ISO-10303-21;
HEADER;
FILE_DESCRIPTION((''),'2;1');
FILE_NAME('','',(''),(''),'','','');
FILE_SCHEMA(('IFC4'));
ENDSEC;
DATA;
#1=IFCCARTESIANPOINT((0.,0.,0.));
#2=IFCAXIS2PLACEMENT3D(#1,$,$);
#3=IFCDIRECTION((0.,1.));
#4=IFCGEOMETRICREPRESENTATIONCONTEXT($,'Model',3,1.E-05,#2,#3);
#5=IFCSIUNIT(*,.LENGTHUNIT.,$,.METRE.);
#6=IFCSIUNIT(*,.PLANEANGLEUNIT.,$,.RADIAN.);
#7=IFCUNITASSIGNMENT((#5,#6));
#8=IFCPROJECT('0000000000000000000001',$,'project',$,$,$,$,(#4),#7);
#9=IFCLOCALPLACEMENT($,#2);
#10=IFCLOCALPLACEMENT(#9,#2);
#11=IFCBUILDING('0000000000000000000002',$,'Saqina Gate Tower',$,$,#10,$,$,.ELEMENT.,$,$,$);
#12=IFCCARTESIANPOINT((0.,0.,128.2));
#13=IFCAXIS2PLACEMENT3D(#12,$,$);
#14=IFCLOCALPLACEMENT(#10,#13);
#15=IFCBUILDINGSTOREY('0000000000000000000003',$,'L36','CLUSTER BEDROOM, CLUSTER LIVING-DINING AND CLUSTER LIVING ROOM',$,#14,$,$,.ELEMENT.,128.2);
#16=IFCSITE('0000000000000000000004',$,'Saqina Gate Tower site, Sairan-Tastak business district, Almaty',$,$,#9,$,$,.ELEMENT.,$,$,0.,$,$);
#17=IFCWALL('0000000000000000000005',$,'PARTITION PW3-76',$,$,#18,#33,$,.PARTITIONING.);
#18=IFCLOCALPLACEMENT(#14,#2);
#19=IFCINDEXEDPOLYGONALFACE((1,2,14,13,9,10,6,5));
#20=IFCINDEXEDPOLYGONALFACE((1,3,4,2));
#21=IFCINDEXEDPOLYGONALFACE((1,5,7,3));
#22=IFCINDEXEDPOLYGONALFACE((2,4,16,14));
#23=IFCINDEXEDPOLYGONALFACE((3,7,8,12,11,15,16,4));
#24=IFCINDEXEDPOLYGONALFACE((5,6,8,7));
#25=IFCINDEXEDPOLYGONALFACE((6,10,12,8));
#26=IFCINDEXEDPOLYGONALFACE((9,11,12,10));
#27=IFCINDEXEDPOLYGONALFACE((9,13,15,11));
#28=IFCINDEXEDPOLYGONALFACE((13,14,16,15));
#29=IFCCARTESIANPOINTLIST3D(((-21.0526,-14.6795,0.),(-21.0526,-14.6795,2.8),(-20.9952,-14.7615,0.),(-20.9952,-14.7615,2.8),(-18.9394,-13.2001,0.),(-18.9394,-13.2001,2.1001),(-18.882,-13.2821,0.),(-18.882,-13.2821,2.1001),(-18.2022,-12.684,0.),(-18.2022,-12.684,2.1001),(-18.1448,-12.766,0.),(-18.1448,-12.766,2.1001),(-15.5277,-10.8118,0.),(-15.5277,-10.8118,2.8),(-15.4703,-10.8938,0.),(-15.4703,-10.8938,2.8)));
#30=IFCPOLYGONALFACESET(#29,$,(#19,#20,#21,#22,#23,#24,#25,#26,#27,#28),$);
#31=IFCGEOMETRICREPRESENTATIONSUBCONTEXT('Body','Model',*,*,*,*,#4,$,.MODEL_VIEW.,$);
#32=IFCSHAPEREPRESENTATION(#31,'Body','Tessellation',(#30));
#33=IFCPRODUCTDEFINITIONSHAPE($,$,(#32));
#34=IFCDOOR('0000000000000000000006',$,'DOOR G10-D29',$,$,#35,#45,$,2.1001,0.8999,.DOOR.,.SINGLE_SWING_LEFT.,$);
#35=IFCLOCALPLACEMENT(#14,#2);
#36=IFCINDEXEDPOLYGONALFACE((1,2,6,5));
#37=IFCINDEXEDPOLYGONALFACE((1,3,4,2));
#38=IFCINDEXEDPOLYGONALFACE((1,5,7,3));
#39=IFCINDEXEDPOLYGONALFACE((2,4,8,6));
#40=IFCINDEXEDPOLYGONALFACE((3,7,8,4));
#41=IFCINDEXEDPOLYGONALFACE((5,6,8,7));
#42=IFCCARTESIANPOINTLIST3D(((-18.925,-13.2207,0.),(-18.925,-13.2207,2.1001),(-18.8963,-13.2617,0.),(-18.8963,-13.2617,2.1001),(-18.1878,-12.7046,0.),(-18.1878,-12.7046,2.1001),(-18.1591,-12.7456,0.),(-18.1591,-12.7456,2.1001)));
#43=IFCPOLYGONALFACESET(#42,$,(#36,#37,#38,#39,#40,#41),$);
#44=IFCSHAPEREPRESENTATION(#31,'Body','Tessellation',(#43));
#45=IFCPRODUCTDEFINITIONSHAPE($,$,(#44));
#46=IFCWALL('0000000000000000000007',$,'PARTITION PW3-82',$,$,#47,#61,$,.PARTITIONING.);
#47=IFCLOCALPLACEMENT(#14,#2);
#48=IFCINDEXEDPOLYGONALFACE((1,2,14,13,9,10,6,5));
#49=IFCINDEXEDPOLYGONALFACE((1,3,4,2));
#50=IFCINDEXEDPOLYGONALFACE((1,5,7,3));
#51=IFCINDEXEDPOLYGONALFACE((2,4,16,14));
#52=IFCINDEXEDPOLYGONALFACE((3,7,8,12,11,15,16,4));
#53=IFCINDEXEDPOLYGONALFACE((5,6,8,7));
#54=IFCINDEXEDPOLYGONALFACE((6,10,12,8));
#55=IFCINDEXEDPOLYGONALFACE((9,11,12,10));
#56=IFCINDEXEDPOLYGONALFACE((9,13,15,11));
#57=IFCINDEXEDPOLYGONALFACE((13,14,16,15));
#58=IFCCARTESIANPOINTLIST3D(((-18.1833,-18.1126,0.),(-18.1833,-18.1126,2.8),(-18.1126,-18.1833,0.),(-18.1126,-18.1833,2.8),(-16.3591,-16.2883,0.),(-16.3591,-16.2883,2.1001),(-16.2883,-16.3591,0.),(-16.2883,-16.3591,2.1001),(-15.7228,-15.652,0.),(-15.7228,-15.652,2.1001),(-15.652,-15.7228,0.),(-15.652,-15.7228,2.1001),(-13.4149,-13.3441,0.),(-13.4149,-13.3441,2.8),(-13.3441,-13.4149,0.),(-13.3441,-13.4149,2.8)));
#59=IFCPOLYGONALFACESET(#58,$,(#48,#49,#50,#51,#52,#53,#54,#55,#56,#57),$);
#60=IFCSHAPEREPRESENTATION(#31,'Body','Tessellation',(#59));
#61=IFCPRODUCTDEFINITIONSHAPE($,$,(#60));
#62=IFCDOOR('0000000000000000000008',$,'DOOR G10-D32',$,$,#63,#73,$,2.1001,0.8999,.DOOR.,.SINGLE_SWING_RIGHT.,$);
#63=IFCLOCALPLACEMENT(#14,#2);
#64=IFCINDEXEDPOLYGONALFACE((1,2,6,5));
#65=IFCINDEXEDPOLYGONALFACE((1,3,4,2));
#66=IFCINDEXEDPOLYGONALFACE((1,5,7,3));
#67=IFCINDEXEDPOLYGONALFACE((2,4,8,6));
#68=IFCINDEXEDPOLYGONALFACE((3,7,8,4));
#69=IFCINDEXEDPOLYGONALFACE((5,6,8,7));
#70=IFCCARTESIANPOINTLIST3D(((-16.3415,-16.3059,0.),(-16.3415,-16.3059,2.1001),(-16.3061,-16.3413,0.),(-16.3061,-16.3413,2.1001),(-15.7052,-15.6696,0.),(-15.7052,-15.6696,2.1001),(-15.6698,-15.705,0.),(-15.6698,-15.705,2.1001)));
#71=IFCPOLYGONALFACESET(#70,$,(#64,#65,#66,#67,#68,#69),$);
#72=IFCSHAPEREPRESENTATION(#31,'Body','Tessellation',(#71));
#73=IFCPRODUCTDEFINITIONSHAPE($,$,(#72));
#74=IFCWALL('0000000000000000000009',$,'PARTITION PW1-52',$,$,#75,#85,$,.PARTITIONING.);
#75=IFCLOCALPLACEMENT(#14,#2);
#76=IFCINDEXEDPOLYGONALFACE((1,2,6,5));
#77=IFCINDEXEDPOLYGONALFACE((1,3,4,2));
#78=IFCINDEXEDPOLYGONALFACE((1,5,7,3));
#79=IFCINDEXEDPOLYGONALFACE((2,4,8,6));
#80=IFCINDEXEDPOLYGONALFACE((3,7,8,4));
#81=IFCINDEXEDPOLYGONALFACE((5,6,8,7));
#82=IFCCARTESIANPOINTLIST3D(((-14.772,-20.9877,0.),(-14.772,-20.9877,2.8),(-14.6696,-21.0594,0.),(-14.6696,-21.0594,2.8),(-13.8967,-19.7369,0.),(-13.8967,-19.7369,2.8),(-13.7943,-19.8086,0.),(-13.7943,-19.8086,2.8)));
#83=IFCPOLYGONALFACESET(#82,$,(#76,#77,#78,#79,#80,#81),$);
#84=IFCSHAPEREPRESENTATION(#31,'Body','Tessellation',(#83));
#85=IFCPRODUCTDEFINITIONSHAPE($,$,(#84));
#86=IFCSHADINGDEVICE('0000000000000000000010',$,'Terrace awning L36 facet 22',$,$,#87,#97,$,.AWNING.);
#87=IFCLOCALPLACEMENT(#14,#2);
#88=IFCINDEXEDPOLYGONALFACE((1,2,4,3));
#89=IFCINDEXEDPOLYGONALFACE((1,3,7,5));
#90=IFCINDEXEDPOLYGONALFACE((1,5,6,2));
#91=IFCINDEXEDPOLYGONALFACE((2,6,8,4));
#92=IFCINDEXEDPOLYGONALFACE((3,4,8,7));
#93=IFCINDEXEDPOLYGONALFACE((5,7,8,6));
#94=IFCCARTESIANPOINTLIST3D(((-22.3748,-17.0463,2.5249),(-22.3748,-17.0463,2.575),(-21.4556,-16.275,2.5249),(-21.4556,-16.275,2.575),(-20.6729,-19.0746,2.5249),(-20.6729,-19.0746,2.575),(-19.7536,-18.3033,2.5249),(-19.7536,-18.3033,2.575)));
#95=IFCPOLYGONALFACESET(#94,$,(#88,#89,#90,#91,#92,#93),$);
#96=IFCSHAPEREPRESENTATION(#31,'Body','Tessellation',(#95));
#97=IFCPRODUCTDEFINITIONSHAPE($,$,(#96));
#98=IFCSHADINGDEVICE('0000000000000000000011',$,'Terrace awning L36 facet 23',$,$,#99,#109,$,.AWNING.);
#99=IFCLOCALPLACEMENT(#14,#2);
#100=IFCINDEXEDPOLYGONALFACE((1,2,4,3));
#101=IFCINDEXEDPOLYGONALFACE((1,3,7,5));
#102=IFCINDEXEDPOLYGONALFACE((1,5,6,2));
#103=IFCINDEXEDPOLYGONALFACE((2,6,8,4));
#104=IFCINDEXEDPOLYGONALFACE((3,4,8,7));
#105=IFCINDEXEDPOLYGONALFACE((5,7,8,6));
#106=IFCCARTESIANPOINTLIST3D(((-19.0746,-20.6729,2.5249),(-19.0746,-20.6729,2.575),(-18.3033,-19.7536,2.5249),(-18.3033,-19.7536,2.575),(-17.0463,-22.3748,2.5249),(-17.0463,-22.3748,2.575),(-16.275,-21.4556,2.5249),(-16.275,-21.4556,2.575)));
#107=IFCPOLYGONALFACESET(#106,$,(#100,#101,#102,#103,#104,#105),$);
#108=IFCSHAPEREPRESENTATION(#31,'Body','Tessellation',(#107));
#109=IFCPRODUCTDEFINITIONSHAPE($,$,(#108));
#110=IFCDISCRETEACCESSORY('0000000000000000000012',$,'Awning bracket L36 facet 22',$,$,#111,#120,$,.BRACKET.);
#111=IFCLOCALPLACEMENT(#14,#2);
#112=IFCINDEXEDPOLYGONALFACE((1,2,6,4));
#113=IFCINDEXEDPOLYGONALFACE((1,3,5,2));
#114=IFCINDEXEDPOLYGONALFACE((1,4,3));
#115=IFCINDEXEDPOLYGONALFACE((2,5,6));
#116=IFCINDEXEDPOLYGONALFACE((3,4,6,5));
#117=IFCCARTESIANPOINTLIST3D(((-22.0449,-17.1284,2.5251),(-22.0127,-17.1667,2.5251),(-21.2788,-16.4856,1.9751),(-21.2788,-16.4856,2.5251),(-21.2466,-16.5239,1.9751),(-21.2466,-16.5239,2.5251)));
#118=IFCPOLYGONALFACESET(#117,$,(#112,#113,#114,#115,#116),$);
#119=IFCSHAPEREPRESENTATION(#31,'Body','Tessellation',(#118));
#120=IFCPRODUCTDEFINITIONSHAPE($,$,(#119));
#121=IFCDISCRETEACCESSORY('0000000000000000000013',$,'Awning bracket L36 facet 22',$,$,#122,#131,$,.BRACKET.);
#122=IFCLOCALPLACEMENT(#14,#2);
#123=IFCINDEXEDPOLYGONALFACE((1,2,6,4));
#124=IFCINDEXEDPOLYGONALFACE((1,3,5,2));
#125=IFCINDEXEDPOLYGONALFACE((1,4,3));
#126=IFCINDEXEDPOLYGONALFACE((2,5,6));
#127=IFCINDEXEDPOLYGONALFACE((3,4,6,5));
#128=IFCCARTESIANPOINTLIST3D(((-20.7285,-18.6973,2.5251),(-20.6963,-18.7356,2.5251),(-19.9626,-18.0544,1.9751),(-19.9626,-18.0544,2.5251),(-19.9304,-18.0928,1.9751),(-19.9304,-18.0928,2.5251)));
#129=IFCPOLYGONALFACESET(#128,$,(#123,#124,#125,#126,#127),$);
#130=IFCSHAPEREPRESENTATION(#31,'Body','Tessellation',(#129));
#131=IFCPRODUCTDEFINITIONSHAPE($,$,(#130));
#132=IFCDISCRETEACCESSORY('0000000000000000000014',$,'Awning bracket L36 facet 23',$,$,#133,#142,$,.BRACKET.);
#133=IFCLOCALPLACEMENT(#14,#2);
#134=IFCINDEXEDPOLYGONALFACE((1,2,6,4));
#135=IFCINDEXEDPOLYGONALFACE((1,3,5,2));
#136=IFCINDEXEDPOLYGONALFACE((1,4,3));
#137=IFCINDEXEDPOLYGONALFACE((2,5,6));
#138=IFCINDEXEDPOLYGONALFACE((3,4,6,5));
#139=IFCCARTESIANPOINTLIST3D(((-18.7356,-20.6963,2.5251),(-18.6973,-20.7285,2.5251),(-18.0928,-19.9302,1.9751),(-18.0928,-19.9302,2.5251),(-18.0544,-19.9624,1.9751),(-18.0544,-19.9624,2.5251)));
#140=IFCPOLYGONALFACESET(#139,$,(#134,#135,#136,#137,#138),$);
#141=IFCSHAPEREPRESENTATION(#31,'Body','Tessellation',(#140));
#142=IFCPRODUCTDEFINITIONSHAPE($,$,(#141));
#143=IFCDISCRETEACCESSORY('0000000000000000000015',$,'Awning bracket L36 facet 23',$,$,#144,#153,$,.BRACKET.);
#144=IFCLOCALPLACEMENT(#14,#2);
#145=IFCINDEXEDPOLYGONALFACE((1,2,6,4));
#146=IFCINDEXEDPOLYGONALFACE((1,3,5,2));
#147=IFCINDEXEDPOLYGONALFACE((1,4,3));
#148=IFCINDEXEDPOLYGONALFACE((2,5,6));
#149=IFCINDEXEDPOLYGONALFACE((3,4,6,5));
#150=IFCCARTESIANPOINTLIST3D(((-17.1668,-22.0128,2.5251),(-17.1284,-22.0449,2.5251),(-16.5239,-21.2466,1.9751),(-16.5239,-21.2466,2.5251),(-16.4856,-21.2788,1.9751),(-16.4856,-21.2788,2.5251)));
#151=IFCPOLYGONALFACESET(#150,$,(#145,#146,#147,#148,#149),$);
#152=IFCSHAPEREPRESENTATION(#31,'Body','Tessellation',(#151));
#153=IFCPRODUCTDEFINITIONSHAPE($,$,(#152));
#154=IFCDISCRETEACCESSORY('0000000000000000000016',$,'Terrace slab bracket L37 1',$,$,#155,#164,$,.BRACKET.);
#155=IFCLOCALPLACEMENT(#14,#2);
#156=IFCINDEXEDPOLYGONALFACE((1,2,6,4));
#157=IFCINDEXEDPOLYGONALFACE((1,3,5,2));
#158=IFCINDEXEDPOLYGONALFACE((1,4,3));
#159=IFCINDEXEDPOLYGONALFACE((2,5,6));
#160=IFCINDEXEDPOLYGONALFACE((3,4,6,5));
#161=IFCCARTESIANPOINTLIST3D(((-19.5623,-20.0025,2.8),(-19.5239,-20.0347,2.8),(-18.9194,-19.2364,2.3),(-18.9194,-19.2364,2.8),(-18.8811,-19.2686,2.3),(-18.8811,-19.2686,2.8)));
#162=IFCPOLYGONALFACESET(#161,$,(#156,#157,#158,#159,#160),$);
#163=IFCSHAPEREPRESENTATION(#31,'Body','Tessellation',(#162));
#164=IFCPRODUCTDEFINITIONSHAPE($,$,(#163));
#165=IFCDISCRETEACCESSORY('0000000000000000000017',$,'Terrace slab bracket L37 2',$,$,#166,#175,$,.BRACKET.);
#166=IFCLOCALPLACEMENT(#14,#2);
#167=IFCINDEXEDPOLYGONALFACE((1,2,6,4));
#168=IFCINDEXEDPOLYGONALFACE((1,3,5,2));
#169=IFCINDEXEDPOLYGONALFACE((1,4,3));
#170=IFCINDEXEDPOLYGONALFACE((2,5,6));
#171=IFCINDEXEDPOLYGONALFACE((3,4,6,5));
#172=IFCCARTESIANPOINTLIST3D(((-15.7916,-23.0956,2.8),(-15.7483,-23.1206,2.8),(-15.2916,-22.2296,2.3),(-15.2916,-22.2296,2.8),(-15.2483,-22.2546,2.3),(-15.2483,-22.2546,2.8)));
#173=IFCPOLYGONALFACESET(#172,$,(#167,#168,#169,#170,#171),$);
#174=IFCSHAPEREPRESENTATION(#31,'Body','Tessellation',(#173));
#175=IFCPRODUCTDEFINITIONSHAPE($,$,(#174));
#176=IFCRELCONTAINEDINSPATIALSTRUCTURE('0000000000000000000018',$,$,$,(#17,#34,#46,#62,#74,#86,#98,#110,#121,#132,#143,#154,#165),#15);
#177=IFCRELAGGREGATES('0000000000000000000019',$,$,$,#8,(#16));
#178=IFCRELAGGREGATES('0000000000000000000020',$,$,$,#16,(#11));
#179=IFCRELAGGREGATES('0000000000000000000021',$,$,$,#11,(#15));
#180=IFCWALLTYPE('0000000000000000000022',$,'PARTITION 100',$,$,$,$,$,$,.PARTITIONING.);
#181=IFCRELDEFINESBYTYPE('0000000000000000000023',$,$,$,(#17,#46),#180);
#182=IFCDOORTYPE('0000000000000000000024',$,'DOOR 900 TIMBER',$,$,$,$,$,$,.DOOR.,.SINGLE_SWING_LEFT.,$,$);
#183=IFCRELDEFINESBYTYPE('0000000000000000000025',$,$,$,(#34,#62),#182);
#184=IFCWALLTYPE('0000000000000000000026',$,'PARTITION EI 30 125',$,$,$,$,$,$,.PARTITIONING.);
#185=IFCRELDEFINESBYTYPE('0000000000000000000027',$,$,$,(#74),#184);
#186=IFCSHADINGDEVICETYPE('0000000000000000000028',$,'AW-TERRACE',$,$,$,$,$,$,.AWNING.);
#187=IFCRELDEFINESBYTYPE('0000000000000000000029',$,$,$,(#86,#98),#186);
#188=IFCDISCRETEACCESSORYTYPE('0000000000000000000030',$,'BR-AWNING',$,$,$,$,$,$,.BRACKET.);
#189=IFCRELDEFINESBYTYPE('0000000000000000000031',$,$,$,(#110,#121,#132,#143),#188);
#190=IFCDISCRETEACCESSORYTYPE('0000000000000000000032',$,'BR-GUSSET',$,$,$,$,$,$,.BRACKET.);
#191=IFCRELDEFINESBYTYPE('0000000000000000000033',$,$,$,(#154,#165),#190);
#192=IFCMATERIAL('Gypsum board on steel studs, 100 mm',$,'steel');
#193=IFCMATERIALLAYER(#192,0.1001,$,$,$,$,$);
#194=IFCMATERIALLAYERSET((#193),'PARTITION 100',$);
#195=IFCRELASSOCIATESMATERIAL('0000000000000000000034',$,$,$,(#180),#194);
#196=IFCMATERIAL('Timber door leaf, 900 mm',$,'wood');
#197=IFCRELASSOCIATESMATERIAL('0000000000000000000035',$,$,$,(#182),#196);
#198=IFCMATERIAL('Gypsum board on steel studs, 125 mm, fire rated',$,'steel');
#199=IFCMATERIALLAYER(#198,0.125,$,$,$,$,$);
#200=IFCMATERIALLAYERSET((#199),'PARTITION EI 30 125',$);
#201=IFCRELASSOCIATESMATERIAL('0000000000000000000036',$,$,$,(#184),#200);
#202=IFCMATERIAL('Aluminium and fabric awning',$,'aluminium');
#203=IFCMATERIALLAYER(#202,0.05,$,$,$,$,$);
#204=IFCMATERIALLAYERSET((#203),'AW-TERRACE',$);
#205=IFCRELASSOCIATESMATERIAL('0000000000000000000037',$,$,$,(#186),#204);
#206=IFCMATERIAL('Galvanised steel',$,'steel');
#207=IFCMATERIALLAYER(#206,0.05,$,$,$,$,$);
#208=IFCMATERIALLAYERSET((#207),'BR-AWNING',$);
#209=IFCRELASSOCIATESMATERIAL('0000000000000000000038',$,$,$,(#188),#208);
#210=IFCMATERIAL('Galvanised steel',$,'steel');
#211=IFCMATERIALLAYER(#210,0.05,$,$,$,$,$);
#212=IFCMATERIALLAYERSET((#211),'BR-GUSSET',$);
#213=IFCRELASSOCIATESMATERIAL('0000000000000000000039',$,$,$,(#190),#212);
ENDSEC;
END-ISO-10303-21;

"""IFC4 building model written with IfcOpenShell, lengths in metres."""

from ifc_helpers import new_model, si_unit, direction, frame, frame_2d, origin, origin_2d, place, context, subcontext, project, spatial, polyline, rectangle, outline, extrude, material, layer, layer_set, type_object, element, fill, save


model = new_model("IFC4")

# Units and contexts
model_context = context("Model", 3, precision=1e-05, world=origin(), true_north=direction((0.0, 1.0)))
body_context = subcontext(model_context, "Body", "Model", "MODEL_VIEW")
ifc_project = project(units=[si_unit("LENGTHUNIT", "METRE"), si_unit("PLANEANGLEUNIT", "RADIAN")], contexts=[model_context])

# Site, building, storey
site_placement = place(None, origin())
site = spatial("IfcSite", under=ifc_project, at=site_placement, Name="Saqina Gate Tower site, Sairan-Tastak business district, Almaty", CompositionType="ELEMENT", RefElevation=0.0)
building_placement = place(site_placement, origin())
building = spatial("IfcBuilding", under=site, at=building_placement, Name="Saqina Gate Tower", CompositionType="ELEMENT")
storey_placement = place(building_placement, frame((0.0, 0.0, 128.2)))
storey = spatial("IfcBuildingStorey", under=building, at=storey_placement, Name="L36", Description="CLUSTER BEDROOM, CLUSTER LIVING-DINING AND CLUSTER LIVING ROOM", CompositionType="ELEMENT", Elevation=128.2)

# Walls, openings, doors
ifc_material_1 = material(Name="Gypsum board on steel studs, 100 mm", Category="steel")
ifc_layer_1 = layer(ifc_material_1, 0.1001)
ifc_layer_set_1 = layer_set([ifc_layer_1], Name="PARTITION 100")
wall_type_1 = type_object("IfcWallType", Name="PARTITION 100", PredefinedType="PARTITIONING", material=ifc_layer_set_1)
wall_1_placement = place(storey_placement, frame((-21.0239, -14.7205, 0.0), z_axis=(0.0, 0.0, 1.0), x_axis=(0.819215, 0.573487, 0.0)))
wall_1 = element("IfcWall", 1, at=wall_1_placement, inside=storey, type_object=wall_type_1, Name="PARTITION PW3-76", PredefinedType="PARTITIONING", context=body_context, shape_type="SweptSolid", body=[
    extrude(rectangle(XDim=6.7441, YDim=0.1001, at=frame_2d((3.3721, 0.0))), origin(), (0.0, 0.0, 1.0), 2.8),
])
opening_1_placement = place(wall_1_placement, frame((2.5796, 0.0, 0.0)))
opening_1 = element("IfcOpeningElement", 2, at=opening_1_placement, cuts=wall_1, PredefinedType="OPENING", context=body_context, shape_type="SweptSolid", body=[
    extrude(rectangle(XDim=0.8999, YDim=2.1001, at=frame_2d((0.45, 1.05))), frame((0.0, 0.062, 0.0), z_axis=(0.0, -1.0, 0.0), x_axis=(1.0, 0.0, 0.0)), (0.0, 0.0, 1.0), 0.124),
])
ifc_material_2 = material(Name="Timber door leaf, 900 mm", Category="wood")
door_type_1 = type_object("IfcDoorType", Name="DOOR 900 TIMBER", OperationType="SINGLE_SWING_LEFT", PredefinedType="DOOR", material=ifc_material_2)
door_1_placement = place(opening_1_placement, origin())
door_1 = element("IfcDoor", 3, at=door_1_placement, inside=storey, type_object=door_type_1, Name="DOOR G10-D29", OperationType="SINGLE_SWING_LEFT", OverallHeight=2.1001, OverallWidth=0.8999, PredefinedType="DOOR", context=body_context, shape_type="SweptSolid", body=[
    extrude(rectangle(XDim=0.8999, YDim=2.1001, at=frame_2d((0.45, 1.05))), frame((0.0, 0.0249, 0.0), z_axis=(0.0, -1.0, 0.0), x_axis=(1.0, 0.0, 0.0)), (0.0, 0.0, 1.0), 0.05),
])
fill(opening_1, door_1)
wall_2_placement = place(storey_placement, frame((-18.1479, -18.1479, 0.0), z_axis=(0.0, 0.0, 1.0), x_axis=(0.707107, 0.707107, 0.0)))
wall_2 = element("IfcWall", 4, at=wall_2_placement, inside=storey, type_object=wall_type_1, Name="PARTITION PW3-82", PredefinedType="PARTITIONING", context=body_context, shape_type="SweptSolid", body=[
    extrude(rectangle(XDim=6.7437, YDim=0.1001, at=frame_2d((3.3718, 0.0))), origin(), (0.0, 0.0, 1.0), 2.8),
])
opening_2_placement = place(wall_2_placement, frame((2.5798, 0.0, 0.0)))
opening_2 = element("IfcOpeningElement", 5, at=opening_2_placement, cuts=wall_2, PredefinedType="OPENING", context=body_context, shape_type="SweptSolid", body=[
    extrude(rectangle(XDim=0.8999, YDim=2.1001, at=frame_2d((0.45, 1.05))), frame((0.0, 0.062, 0.0), z_axis=(0.0, -1.0, 0.0), x_axis=(1.0, 0.0, 0.0)), (0.0, 0.0, 1.0), 0.124),
])
door_2_placement = place(opening_2_placement, frame((0.8999, 0.0, 0.0), z_axis=(0.0, 0.0, 1.0), x_axis=(-1.0, 0.0, 0.0)))
door_2 = element("IfcDoor", 6, at=door_2_placement, inside=storey, type_object=door_type_1, Name="DOOR G10-D32", OperationType="SINGLE_SWING_RIGHT", OverallHeight=2.1001, OverallWidth=0.8999, PredefinedType="DOOR", context=body_context, shape_type="SweptSolid", body=[
    extrude(rectangle(XDim=0.8999, YDim=2.1001, at=frame_2d((0.45, 1.05))), frame((0.0, 0.0249, 0.0), z_axis=(0.0, -1.0, 0.0), x_axis=(1.0, 0.0, 0.0)), (0.0, 0.0, 1.0), 0.05),
])
fill(opening_2, door_2)

# Wall
ifc_material_3 = material(Name="Gypsum board on steel studs, 125 mm, fire rated", Category="steel")
ifc_layer_2 = layer(ifc_material_3, 0.125)
ifc_layer_set_2 = layer_set([ifc_layer_2], Name="PARTITION EI 30 125")
wall_type_2 = type_object("IfcWallType", Name="PARTITION EI 30 125", PredefinedType="PARTITIONING", material=ifc_layer_set_2)
wall_3_placement = place(storey_placement, frame((-14.7207, -21.0234, 0.0), z_axis=(0.0, 0.0, 1.0), x_axis=(0.573344, 0.819315, 0.0)))
element("IfcWall", 7, at=wall_3_placement, inside=storey, type_object=wall_type_2, Name="PARTITION PW1-52", PredefinedType="PARTITIONING", context=body_context, shape_type="SweptSolid", body=[
    extrude(rectangle(XDim=1.5266, YDim=0.125, at=frame_2d((0.7632, 0.0))), origin(), (0.0, 0.0, 1.0), 2.8),
])

# Shading devices
ifc_material_4 = material(Name="Aluminium and fabric awning", Category="aluminium")
ifc_layer_3 = layer(ifc_material_4, 0.05)
ifc_layer_set_3 = layer_set([ifc_layer_3], Name="AW-TERRACE")
shading_device_type = type_object("IfcShadingDeviceType", Name="AW-TERRACE", PredefinedType="AWNING", material=ifc_layer_set_3)
for number, where, z_axis, x_axis, name in (
    (8, (-21.0642, -17.6748, 2.5249), (0.0, 0.0, 1.0), (0.642788, -0.766044, 0.0), "Terrace awning L36 facet 22"),
    (9, (-17.6748, -21.0642, 2.5249), (0.0, 0.0, 1.0), (0.766044, -0.642788, 0.0), "Terrace awning L36 facet 23"),
):
    element("IfcShadingDevice", number, at=place(storey_placement, frame(where, z_axis=z_axis, x_axis=x_axis)), inside=storey, type_object=shading_device_type, Name=name, PredefinedType="AWNING", context=body_context, shape_type="SweptSolid", body=[
        extrude(rectangle(XDim=2.6477, YDim=1.2, at=origin_2d()), origin(), (0.0, 0.0, 1.0), 0.05),
    ])

# Discrete accessories
ifc_material_5 = material(Name="Galvanised steel", Category="steel")
ifc_layer_4 = layer(ifc_material_5, 0.05)
ifc_layer_set_4 = layer_set([ifc_layer_4], Name="BR-AWNING")
discrete_accessory_type_1 = type_object("IfcDiscreteAccessoryType", Name="BR-AWNING", PredefinedType="BRACKET", material=ifc_layer_set_4)
discrete_accessory_1_placement = place(storey_placement, frame((-21.2466, -16.5239, 1.9751), z_axis=(0.642774, -0.766056, 0.0), x_axis=(0.0, 0.0, 1.0)))
element("IfcDiscreteAccessory", 10, at=discrete_accessory_1_placement, inside=storey, type_object=discrete_accessory_type_1, Name="Awning bracket L36 facet 22", PredefinedType="BRACKET", context=body_context, shape_type="SweptSolid", body=[
    extrude(outline(polyline([(0.0, 0.0), (0.55, 0.0), (0.55, 1.0001), (0.0, 0.0)])), origin(), (0.0, 0.0, -1.0), 0.05),
])
discrete_accessory_2_placement = place(storey_placement, frame((-19.9304, -18.0928, 1.9751), z_axis=(0.642894, -0.765955, 0.0), x_axis=(0.0, 0.0, 1.0)))
element("IfcDiscreteAccessory", 11, at=discrete_accessory_2_placement, inside=storey, type_object=discrete_accessory_type_1, Name="Awning bracket L36 facet 22", PredefinedType="BRACKET", context=body_context, shape_type="SweptSolid", body=[
    extrude(outline(polyline([(0.0, 0.0), (0.55, 0.0), (0.55, 0.9999), (0.0, 0.0)])), origin(), (0.0, 0.0, -1.0), 0.05),
])
for number, where, z_axis, x_axis, name in (
    (12, (-18.0544, -19.9624, 1.9751), (0.766056, -0.642774, 0.0), (0.0, 0.0, 1.0), "Awning bracket L36 facet 23"),
    (13, (-16.4856, -21.2788, 1.9751), (0.766056, -0.642774, 0.0), (0.0, 0.0, 1.0), "Awning bracket L36 facet 23"),
):
    element("IfcDiscreteAccessory", number, at=place(storey_placement, frame(where, z_axis=z_axis, x_axis=x_axis)), inside=storey, type_object=discrete_accessory_type_1, Name=name, PredefinedType="BRACKET", context=body_context, shape_type="SweptSolid", body=[
        extrude(outline(polyline([(0.0, 0.0), (0.55, 0.0), (0.55, 1.0001), (0.0, 0.0)])), origin(), (0.0, 0.0, -1.0), 0.05),
    ])
ifc_material_6 = material(Name="Galvanised steel", Category="steel")
ifc_layer_5 = layer(ifc_material_6, 0.05)
ifc_layer_set_5 = layer_set([ifc_layer_5], Name="BR-GUSSET")
discrete_accessory_type_2 = type_object("IfcDiscreteAccessoryType", Name="BR-GUSSET", PredefinedType="BRACKET", material=ifc_layer_set_5)
discrete_accessory_3_placement = place(storey_placement, frame((-18.8811, -19.2686, 2.3), z_axis=(0.766056, -0.642774, 0.0), x_axis=(0.0, 0.0, 1.0)))
element("IfcDiscreteAccessory", 14, at=discrete_accessory_3_placement, inside=storey, type_object=discrete_accessory_type_2, Name="Terrace slab bracket L37 1", PredefinedType="BRACKET", context=body_context, shape_type="SweptSolid", body=[
    extrude(outline(polyline([(0.0, 0.0), (0.5, 0.0), (0.5, 1.0001), (0.0, 0.0)])), origin(), (0.0, 0.0, -1.0), 0.05),
])
discrete_accessory_4_placement = place(storey_placement, frame((-15.2483, -22.2546, 2.3), z_axis=(0.866011, -0.500025, 0.0), x_axis=(0.0, 0.0, 1.0)))
element("IfcDiscreteAccessory", 15, at=discrete_accessory_4_placement, inside=storey, type_object=discrete_accessory_type_2, Name="Terrace slab bracket L37 2", PredefinedType="BRACKET", context=body_context, shape_type="SweptSolid", body=[
    extrude(outline(polyline([(0.0, 0.0), (0.5, 0.0), (0.5, 0.9999), (0.0, 0.0)])), origin(), (0.0, 0.0, -1.0), 0.05),
])

save(model, "model.ifc")
